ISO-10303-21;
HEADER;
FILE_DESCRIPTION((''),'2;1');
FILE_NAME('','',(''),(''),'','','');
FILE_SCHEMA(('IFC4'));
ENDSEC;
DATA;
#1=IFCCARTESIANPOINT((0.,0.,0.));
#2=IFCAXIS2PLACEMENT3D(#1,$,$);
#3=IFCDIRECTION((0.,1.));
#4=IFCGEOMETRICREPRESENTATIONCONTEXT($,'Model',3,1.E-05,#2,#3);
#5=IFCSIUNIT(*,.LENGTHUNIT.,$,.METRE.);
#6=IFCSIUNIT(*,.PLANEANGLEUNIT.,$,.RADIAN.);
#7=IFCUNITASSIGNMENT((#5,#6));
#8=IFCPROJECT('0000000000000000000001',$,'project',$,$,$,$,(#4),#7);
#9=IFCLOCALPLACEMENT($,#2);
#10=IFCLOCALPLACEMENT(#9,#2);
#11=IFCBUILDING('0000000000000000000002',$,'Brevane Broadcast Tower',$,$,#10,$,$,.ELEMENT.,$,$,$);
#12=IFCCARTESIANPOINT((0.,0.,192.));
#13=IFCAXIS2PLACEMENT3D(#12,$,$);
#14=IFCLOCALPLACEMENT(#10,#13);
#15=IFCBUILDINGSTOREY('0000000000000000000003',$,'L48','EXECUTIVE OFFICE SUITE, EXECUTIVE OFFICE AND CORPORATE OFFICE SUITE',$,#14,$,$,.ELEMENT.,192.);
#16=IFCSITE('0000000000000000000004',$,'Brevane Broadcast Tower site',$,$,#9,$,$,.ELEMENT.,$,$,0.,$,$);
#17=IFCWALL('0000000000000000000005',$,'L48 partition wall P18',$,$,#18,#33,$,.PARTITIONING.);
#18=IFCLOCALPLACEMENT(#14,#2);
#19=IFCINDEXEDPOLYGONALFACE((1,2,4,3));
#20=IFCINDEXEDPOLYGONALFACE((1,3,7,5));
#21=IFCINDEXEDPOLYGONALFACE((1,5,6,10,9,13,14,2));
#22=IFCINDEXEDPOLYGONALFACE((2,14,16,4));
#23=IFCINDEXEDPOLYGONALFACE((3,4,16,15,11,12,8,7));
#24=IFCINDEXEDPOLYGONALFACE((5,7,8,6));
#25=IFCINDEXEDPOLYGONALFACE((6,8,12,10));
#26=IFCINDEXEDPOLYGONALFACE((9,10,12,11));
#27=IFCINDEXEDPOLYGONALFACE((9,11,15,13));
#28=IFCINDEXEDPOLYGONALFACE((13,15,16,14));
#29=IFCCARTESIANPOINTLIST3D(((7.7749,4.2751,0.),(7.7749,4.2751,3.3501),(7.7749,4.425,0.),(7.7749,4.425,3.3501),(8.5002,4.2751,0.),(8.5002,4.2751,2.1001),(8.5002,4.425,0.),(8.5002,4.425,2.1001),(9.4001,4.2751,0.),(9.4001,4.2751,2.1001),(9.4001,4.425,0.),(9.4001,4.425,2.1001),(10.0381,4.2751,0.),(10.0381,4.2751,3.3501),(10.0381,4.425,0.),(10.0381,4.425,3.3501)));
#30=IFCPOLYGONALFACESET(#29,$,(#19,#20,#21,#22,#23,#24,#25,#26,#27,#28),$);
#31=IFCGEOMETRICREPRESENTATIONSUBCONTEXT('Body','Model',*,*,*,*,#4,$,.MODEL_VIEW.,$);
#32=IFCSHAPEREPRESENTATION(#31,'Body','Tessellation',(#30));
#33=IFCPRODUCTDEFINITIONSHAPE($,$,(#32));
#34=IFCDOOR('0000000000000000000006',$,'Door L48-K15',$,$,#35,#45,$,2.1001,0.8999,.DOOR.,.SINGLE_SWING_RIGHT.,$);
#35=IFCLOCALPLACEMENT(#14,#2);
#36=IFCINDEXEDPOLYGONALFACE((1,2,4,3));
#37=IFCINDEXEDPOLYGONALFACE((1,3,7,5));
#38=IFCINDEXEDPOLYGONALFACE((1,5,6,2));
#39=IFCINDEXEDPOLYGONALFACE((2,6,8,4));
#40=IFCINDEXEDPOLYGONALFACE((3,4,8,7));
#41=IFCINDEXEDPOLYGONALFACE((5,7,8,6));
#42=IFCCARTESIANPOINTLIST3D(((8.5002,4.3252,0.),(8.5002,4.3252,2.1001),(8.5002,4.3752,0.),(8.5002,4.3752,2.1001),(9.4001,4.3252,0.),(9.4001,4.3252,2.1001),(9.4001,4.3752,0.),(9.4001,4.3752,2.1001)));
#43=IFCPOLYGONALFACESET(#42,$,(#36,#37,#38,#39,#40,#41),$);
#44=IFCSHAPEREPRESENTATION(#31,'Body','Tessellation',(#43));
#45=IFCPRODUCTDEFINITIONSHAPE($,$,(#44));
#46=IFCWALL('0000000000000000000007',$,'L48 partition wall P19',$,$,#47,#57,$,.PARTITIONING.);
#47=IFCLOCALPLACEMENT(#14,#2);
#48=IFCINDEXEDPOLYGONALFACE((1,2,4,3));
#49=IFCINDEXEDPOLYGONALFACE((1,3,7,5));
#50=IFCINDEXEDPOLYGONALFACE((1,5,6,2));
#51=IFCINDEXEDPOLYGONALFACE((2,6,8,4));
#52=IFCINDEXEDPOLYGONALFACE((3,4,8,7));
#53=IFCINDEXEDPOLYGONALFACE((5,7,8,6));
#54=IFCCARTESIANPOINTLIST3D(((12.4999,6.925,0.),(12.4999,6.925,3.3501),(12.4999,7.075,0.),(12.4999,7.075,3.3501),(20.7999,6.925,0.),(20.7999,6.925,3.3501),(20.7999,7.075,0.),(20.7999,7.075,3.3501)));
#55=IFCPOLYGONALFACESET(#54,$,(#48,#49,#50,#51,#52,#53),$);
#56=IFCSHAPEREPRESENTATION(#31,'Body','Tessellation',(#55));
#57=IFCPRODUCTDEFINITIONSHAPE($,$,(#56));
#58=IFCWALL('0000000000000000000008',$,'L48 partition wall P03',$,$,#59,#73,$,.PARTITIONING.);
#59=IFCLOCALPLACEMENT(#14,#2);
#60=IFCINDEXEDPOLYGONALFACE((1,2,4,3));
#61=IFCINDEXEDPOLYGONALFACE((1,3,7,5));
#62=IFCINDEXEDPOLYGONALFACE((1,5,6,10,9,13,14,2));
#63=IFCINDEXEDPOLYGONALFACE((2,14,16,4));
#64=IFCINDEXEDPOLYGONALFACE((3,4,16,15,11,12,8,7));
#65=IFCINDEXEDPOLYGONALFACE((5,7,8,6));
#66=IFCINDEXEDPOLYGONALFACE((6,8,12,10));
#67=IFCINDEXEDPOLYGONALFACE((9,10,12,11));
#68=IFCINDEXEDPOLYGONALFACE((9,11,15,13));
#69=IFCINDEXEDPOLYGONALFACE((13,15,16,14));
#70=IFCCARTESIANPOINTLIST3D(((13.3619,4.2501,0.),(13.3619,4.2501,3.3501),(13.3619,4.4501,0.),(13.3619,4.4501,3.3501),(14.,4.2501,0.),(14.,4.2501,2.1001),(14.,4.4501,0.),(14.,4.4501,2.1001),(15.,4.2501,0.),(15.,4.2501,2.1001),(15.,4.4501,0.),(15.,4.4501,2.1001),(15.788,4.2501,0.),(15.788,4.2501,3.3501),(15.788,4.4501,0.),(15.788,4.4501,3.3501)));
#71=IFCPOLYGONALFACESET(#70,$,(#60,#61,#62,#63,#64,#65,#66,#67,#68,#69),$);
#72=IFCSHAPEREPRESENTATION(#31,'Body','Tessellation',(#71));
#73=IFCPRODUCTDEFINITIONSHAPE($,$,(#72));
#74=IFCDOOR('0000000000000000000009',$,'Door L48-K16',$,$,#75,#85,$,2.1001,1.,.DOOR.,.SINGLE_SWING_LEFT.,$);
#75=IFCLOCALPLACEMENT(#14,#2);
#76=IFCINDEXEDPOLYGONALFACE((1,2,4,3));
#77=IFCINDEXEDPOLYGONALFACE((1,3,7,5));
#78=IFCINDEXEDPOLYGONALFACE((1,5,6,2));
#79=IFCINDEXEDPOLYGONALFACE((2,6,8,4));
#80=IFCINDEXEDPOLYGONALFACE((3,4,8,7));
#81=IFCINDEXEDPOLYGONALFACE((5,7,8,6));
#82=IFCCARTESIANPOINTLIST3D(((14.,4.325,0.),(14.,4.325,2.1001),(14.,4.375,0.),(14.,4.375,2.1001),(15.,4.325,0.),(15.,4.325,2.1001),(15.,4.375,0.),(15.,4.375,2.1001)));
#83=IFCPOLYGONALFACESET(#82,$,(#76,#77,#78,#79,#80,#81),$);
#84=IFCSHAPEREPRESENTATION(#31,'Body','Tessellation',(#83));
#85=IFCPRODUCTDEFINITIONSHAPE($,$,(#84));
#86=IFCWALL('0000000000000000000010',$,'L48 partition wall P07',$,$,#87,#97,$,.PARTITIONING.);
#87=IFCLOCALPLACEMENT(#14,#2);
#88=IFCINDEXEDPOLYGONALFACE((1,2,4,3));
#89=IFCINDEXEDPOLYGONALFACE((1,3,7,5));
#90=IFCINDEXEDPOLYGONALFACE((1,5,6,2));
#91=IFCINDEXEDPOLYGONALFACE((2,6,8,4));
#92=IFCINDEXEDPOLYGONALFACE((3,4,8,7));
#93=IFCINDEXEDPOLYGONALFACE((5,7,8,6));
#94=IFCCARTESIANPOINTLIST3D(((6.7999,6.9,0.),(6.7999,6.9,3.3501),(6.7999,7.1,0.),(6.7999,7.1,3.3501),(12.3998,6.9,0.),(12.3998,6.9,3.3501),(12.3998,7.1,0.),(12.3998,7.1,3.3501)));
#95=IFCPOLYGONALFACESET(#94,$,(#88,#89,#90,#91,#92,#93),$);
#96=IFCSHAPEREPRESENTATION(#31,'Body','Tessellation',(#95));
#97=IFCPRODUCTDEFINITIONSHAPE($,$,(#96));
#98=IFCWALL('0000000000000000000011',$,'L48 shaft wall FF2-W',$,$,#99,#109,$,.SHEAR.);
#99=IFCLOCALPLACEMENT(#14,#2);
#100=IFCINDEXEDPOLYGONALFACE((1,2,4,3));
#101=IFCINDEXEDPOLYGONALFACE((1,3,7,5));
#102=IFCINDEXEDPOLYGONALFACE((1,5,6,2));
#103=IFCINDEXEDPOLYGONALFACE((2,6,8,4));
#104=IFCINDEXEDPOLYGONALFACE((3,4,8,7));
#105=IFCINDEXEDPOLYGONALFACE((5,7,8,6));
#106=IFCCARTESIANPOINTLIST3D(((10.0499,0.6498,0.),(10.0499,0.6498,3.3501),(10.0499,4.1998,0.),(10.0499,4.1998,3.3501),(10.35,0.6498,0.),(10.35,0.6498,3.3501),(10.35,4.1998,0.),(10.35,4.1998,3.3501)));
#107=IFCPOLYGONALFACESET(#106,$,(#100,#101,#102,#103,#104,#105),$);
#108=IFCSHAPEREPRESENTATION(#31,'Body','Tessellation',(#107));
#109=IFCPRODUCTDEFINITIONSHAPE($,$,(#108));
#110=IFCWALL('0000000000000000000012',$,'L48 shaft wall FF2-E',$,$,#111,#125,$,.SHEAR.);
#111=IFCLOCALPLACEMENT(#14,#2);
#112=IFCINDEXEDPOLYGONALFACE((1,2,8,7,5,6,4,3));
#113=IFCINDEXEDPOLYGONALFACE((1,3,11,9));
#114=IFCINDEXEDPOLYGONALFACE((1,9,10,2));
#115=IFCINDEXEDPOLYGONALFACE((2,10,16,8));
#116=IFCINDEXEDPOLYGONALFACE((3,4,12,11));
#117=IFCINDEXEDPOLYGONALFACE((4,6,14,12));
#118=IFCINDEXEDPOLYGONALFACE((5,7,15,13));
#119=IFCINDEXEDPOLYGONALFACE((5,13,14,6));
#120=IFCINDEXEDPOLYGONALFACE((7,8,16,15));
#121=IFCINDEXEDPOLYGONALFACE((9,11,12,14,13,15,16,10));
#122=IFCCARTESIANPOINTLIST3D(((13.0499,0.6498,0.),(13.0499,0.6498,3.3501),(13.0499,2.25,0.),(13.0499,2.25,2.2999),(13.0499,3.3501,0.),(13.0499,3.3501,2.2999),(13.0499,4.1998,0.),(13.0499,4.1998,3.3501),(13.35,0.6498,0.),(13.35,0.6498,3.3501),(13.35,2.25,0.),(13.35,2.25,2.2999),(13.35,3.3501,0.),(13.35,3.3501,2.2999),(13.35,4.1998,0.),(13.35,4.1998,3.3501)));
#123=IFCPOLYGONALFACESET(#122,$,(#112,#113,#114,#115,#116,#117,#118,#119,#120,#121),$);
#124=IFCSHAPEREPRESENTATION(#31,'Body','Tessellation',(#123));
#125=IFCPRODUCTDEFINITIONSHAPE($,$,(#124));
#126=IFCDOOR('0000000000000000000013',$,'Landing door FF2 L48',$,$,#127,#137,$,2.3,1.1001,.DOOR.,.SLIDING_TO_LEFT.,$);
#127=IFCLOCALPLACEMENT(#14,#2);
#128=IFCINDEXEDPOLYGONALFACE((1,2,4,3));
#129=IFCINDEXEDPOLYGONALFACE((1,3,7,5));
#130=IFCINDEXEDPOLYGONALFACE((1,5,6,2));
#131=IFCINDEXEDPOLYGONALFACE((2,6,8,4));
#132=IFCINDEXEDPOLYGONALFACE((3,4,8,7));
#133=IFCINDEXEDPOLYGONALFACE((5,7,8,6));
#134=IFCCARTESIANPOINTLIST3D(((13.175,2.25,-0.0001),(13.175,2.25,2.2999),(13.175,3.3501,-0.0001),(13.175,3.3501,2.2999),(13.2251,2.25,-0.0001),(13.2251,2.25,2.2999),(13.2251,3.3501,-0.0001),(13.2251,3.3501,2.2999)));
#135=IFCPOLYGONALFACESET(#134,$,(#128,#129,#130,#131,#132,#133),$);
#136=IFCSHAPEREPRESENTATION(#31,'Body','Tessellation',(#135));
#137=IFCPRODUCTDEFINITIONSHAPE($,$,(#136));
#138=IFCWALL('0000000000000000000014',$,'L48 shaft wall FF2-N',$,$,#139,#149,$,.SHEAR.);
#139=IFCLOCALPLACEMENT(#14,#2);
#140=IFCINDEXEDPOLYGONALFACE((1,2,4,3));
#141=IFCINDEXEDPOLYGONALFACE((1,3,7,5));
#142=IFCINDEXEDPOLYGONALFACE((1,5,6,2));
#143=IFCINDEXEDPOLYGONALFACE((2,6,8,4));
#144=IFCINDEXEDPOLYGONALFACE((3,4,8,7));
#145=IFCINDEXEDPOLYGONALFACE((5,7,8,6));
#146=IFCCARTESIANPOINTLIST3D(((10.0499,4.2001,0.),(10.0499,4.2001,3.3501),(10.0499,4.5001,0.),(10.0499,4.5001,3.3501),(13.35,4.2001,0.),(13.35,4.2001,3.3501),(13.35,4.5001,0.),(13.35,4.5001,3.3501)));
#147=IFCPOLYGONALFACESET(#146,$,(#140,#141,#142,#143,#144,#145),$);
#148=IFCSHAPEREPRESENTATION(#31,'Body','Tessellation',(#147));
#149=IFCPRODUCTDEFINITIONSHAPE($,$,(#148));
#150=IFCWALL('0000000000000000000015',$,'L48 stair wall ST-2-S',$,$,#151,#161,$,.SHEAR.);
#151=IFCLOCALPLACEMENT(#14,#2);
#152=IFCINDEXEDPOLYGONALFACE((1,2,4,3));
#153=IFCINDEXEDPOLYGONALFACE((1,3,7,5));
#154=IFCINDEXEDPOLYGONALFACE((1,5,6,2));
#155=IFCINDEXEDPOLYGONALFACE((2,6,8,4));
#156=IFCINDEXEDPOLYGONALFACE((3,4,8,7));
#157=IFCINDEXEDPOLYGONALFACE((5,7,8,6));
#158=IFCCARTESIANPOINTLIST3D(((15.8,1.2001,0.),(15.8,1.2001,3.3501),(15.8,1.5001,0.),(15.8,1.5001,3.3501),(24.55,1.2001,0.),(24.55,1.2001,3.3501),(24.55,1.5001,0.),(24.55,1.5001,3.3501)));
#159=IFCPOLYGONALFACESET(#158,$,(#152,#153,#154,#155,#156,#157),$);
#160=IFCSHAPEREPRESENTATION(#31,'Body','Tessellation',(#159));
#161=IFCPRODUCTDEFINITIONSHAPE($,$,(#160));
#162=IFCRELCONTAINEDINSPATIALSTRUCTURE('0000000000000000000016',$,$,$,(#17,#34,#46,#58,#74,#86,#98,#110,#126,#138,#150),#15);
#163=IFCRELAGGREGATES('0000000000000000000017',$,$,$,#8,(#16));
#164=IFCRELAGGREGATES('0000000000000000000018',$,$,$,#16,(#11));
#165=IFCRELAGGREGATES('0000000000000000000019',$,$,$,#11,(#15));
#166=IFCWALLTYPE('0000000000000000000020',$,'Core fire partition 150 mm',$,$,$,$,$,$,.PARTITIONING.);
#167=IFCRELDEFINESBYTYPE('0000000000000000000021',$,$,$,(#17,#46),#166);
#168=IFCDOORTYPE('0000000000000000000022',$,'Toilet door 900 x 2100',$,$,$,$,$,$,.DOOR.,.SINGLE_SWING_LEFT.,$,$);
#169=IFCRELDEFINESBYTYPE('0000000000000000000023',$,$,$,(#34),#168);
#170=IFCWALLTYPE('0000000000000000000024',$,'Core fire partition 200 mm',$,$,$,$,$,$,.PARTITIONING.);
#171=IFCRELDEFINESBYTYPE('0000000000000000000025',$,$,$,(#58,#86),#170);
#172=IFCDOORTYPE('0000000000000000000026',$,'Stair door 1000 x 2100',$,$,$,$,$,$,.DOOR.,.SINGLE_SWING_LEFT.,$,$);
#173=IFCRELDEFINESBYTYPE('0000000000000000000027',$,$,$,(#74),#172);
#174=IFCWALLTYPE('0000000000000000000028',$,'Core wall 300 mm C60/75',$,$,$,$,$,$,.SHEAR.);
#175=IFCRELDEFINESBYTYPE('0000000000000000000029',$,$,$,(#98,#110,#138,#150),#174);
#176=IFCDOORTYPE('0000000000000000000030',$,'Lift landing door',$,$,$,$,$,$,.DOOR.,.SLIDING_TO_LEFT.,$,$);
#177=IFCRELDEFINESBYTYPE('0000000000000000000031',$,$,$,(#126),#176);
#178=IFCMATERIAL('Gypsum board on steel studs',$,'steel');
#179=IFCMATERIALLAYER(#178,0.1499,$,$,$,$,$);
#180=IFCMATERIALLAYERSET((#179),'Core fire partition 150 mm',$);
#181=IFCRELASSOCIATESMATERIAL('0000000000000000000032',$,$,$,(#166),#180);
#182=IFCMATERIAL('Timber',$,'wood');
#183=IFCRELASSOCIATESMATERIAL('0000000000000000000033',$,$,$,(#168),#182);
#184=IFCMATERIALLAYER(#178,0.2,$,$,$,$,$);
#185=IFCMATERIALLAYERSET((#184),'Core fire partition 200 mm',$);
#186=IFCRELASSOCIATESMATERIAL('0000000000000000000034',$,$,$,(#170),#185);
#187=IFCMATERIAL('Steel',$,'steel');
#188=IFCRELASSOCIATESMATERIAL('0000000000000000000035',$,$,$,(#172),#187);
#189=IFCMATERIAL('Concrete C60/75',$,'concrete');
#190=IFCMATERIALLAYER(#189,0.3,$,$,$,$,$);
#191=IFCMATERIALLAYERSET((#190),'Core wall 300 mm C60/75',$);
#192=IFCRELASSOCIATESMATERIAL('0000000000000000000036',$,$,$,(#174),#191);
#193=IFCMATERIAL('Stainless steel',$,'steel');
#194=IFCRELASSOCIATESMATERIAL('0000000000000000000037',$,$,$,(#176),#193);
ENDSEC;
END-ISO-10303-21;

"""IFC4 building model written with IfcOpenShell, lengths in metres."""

from ifc_helpers import new_model, si_unit, direction, frame, frame_2d, origin, place, context, subcontext, project, spatial, rectangle, extrude, material, layer, layer_set, type_object, element, fill, save


model = new_model("IFC4")

# Units and contexts
model_context = context("Model", 3, precision=1e-05, world=origin(), true_north=direction((0.0, 1.0)))
body_context = subcontext(model_context, "Body", "Model", "MODEL_VIEW")
ifc_project = project(units=[si_unit("LENGTHUNIT", "METRE"), si_unit("PLANEANGLEUNIT", "RADIAN")], contexts=[model_context])

# Site, building, storey
site_placement = place(None, origin())
site = spatial("IfcSite", under=ifc_project, at=site_placement, Name="Brevane Broadcast Tower site", CompositionType="ELEMENT", RefElevation=0.0)
building_placement = place(site_placement, origin())
building = spatial("IfcBuilding", under=site, at=building_placement, Name="Brevane Broadcast Tower", CompositionType="ELEMENT")
storey_placement = place(building_placement, frame((0.0, 0.0, 192.0)))
storey = spatial("IfcBuildingStorey", under=building, at=storey_placement, Name="L48", Description="EXECUTIVE OFFICE SUITE, EXECUTIVE OFFICE AND CORPORATE OFFICE SUITE", CompositionType="ELEMENT", Elevation=192.0)

# Shared definitions
ifc_material_1 = material(Name="Gypsum board on steel studs", Category="steel")
ifc_layer_1 = layer(ifc_material_1, 0.1499)
ifc_layer_set_1 = layer_set([ifc_layer_1], Name="Core fire partition 150 mm")
wall_type_1 = type_object("IfcWallType", Name="Core fire partition 150 mm", PredefinedType="PARTITIONING", material=ifc_layer_set_1)

# Shared definitions
ifc_material_2 = material(Name="Timber", Category="wood")
door_type_1 = type_object("IfcDoorType", Name="Toilet door 900 x 2100", OperationType="SINGLE_SWING_LEFT", PredefinedType="DOOR", material=ifc_material_2)

# Wall, opening, door
wall_1_placement = place(storey_placement, frame((10.0381, 4.3501, 0.0), z_axis=(0.0, 0.0, 1.0), x_axis=(-1.0, 0.0, 0.0)))
wall_1 = element("IfcWall", 1, at=wall_1_placement, inside=storey, type_object=wall_type_1, Name="L48 partition wall P18", PredefinedType="PARTITIONING", context=body_context, shape_type="SweptSolid", body=[
    extrude(rectangle(XDim=2.2632, YDim=0.1499, at=frame_2d((1.1316, 0.0))), origin(), (0.0, 0.0, 1.0), 3.3501),
])
opening_1_placement = place(wall_1_placement, frame((0.6379, 0.0, 0.0)))
opening_1 = element("IfcOpeningElement", 2, at=opening_1_placement, cuts=wall_1, PredefinedType="OPENING", context=body_context, shape_type="SweptSolid", body=[
    extrude(rectangle(XDim=0.8999, YDim=2.1001, at=frame_2d((0.45, 1.05))), frame((0.0, 0.085, 0.0), z_axis=(0.0, -1.0, 0.0), x_axis=(1.0, 0.0, 0.0)), (0.0, 0.0, 1.0), 0.1699),
])
door_1_placement = place(opening_1_placement, origin())
door_1 = element("IfcDoor", 3, at=door_1_placement, inside=storey, type_object=door_type_1, Name="Door L48-K15", OperationType="SINGLE_SWING_RIGHT", OverallHeight=2.1001, OverallWidth=0.8999, PredefinedType="DOOR", context=body_context, shape_type="SweptSolid", body=[
    extrude(rectangle(XDim=0.8999, YDim=2.1001, at=frame_2d((0.45, 1.05))), frame((0.0, 0.0249, 0.0), z_axis=(0.0, -1.0, 0.0), x_axis=(1.0, 0.0, 0.0)), (0.0, 0.0, 1.0), 0.05),
])
fill(opening_1, door_1)

# Wall
wall_2_placement = place(storey_placement, frame((12.5, 7.0, 0.0), z_axis=(0.0, 0.0, 1.0), x_axis=(1.0, 0.0, 0.0)))
element("IfcWall", 4, at=wall_2_placement, inside=storey, type_object=wall_type_1, Name="L48 partition wall P19", PredefinedType="PARTITIONING", context=body_context, shape_type="SweptSolid", body=[
    extrude(rectangle(XDim=8.3, YDim=0.1499, at=frame_2d((4.1499, 0.0))), origin(), (0.0, 0.0, 1.0), 3.3501),
])

# Wall, opening, door
ifc_layer_2 = layer(ifc_material_1, 0.2)
ifc_layer_set_2 = layer_set([ifc_layer_2], Name="Core fire partition 200 mm")
wall_type_2 = type_object("IfcWallType", Name="Core fire partition 200 mm", PredefinedType="PARTITIONING", material=ifc_layer_set_2)
wall_3_placement = place(storey_placement, frame((13.3621, 4.3501, 0.0), z_axis=(0.0, 0.0, 1.0), x_axis=(1.0, 0.0, 0.0)))
wall_3 = element("IfcWall", 5, at=wall_3_placement, inside=storey, type_object=wall_type_2, Name="L48 partition wall P03", PredefinedType="PARTITIONING", context=body_context, shape_type="SweptSolid", body=[
    extrude(rectangle(XDim=2.426, YDim=0.2, at=frame_2d((1.2129, 0.0))), origin(), (0.0, 0.0, 1.0), 3.3501),
])
opening_2_placement = place(wall_3_placement, frame((0.6379, 0.0, 0.0)))
opening_2 = element("IfcOpeningElement", 6, at=opening_2_placement, cuts=wall_3, PredefinedType="OPENING", context=body_context, shape_type="SweptSolid", body=[
    extrude(rectangle(XDim=1.0, YDim=2.1001, at=frame_2d((0.5, 1.05))), frame((0.0, 0.1099, 0.0), z_axis=(0.0, -1.0, 0.0), x_axis=(1.0, 0.0, 0.0)), (0.0, 0.0, 1.0), 0.22),
])
ifc_material_3 = material(Name="Steel", Category="steel")
door_type_2 = type_object("IfcDoorType", Name="Stair door 1000 x 2100", OperationType="SINGLE_SWING_LEFT", PredefinedType="DOOR", material=ifc_material_3)
door_2_placement = place(opening_2_placement, origin())
door_2 = element("IfcDoor", 7, at=door_2_placement, inside=storey, type_object=door_type_2, Name="Door L48-K16", OperationType="SINGLE_SWING_LEFT", OverallHeight=2.1001, OverallWidth=1.0, PredefinedType="DOOR", context=body_context, shape_type="SweptSolid", body=[
    extrude(rectangle(XDim=1.0, YDim=2.1001, at=frame_2d((0.5, 1.05))), frame((0.0, 0.0249, 0.0), z_axis=(0.0, -1.0, 0.0), x_axis=(1.0, 0.0, 0.0)), (0.0, 0.0, 1.0), 0.05),
])
fill(opening_2, door_2)

# Walls
wall_4_placement = place(storey_placement, frame((6.8, 7.0, 0.0), z_axis=(0.0, 0.0, 1.0), x_axis=(1.0, 0.0, 0.0)))
element("IfcWall", 8, at=wall_4_placement, inside=storey, type_object=wall_type_2, Name="L48 partition wall P07", PredefinedType="PARTITIONING", context=body_context, shape_type="SweptSolid", body=[
    extrude(rectangle(XDim=5.5999, YDim=0.2, at=frame_2d((2.7998, 0.0))), origin(), (0.0, 0.0, 1.0), 3.3501),
])
ifc_material_4 = material(Name="Concrete C60/75", Category="concrete")
ifc_layer_3 = layer(ifc_material_4, 0.3)
ifc_layer_set_3 = layer_set([ifc_layer_3], Name="Core wall 300 mm C60/75")
wall_type_3 = type_object("IfcWallType", Name="Core wall 300 mm C60/75", PredefinedType="SHEAR", material=ifc_layer_set_3)
wall_5_placement = place(storey_placement, frame((10.2, 0.6499, 0.0), z_axis=(0.0, 0.0, 1.0), x_axis=(0.0, 1.0, 0.0)))
element("IfcWall", 9, at=wall_5_placement, inside=storey, type_object=wall_type_3, Name="L48 shaft wall FF2-W", PredefinedType="SHEAR", context=body_context, shape_type="SweptSolid", body=[
    extrude(rectangle(XDim=3.55, YDim=0.3, at=frame_2d((1.7749, 0.0))), origin(), (0.0, 0.0, 1.0), 3.3501),
])

# Wall, opening, door
wall_6_placement = place(storey_placement, frame((13.2, 0.6499, 0.0), z_axis=(0.0, 0.0, 1.0), x_axis=(0.0, 1.0, 0.0)))
wall_6 = element("IfcWall", 10, at=wall_6_placement, inside=storey, type_object=wall_type_3, Name="L48 shaft wall FF2-E", PredefinedType="SHEAR", context=body_context, shape_type="SweptSolid", body=[
    extrude(rectangle(XDim=3.55, YDim=0.3, at=frame_2d((1.7749, 0.0))), origin(), (0.0, 0.0, 1.0), 3.3501),
])
opening_3_placement = place(wall_6_placement, frame((1.6001, 0.0, 0.0)))
opening_3 = element("IfcOpeningElement", 11, at=opening_3_placement, cuts=wall_6, PredefinedType="OPENING", context=body_context, shape_type="SweptSolid", body=[
    extrude(rectangle(XDim=1.1001, YDim=2.3, at=frame_2d((0.55, 1.1499))), frame((0.0, 0.1599, 0.0), z_axis=(0.0, -1.0, 0.0), x_axis=(1.0, 0.0, 0.0)), (0.0, 0.0, 1.0), 0.3201),
])
ifc_material_5 = material(Name="Stainless steel", Category="steel")
door_type_3 = type_object("IfcDoorType", Name="Lift landing door", OperationType="SLIDING_TO_LEFT", PredefinedType="DOOR", material=ifc_material_5)
door_3_placement = place(opening_3_placement, origin())
door_3 = element("IfcDoor", 12, at=door_3_placement, inside=storey, type_object=door_type_3, Name="Landing door FF2 L48", OperationType="SLIDING_TO_LEFT", OverallHeight=2.3, OverallWidth=1.1001, PredefinedType="DOOR", context=body_context, shape_type="SweptSolid", body=[
    extrude(rectangle(XDim=1.1001, YDim=2.3, at=frame_2d((0.55, 1.1499))), frame((0.0, 0.0249, 0.0), z_axis=(0.0, -1.0, 0.0), x_axis=(1.0, 0.0, 0.0)), (0.0, 0.0, 1.0), 0.05),
])
fill(opening_3, door_3)

# Walls
wall_7_placement = place(storey_placement, frame((10.05, 4.3501, 0.0), z_axis=(0.0, 0.0, 1.0), x_axis=(1.0, 0.0, 0.0)))
element("IfcWall", 13, at=wall_7_placement, inside=storey, type_object=wall_type_3, Name="L48 shaft wall FF2-N", PredefinedType="SHEAR", context=body_context, shape_type="SweptSolid", body=[
    extrude(rectangle(XDim=3.3, YDim=0.3, at=frame_2d((1.6499, 0.0))), origin(), (0.0, 0.0, 1.0), 3.3501),
])
wall_8_placement = place(storey_placement, frame((15.8, 1.3501, 0.0), z_axis=(0.0, 0.0, 1.0), x_axis=(1.0, 0.0, 0.0)))
element("IfcWall", 14, at=wall_8_placement, inside=storey, type_object=wall_type_3, Name="L48 stair wall ST-2-S", PredefinedType="SHEAR", context=body_context, shape_type="SweptSolid", body=[
    extrude(rectangle(XDim=8.75, YDim=0.3, at=frame_2d((4.375, 0.0))), origin(), (0.0, 0.0, 1.0), 3.3501),
])

save(model, "model.ifc")
